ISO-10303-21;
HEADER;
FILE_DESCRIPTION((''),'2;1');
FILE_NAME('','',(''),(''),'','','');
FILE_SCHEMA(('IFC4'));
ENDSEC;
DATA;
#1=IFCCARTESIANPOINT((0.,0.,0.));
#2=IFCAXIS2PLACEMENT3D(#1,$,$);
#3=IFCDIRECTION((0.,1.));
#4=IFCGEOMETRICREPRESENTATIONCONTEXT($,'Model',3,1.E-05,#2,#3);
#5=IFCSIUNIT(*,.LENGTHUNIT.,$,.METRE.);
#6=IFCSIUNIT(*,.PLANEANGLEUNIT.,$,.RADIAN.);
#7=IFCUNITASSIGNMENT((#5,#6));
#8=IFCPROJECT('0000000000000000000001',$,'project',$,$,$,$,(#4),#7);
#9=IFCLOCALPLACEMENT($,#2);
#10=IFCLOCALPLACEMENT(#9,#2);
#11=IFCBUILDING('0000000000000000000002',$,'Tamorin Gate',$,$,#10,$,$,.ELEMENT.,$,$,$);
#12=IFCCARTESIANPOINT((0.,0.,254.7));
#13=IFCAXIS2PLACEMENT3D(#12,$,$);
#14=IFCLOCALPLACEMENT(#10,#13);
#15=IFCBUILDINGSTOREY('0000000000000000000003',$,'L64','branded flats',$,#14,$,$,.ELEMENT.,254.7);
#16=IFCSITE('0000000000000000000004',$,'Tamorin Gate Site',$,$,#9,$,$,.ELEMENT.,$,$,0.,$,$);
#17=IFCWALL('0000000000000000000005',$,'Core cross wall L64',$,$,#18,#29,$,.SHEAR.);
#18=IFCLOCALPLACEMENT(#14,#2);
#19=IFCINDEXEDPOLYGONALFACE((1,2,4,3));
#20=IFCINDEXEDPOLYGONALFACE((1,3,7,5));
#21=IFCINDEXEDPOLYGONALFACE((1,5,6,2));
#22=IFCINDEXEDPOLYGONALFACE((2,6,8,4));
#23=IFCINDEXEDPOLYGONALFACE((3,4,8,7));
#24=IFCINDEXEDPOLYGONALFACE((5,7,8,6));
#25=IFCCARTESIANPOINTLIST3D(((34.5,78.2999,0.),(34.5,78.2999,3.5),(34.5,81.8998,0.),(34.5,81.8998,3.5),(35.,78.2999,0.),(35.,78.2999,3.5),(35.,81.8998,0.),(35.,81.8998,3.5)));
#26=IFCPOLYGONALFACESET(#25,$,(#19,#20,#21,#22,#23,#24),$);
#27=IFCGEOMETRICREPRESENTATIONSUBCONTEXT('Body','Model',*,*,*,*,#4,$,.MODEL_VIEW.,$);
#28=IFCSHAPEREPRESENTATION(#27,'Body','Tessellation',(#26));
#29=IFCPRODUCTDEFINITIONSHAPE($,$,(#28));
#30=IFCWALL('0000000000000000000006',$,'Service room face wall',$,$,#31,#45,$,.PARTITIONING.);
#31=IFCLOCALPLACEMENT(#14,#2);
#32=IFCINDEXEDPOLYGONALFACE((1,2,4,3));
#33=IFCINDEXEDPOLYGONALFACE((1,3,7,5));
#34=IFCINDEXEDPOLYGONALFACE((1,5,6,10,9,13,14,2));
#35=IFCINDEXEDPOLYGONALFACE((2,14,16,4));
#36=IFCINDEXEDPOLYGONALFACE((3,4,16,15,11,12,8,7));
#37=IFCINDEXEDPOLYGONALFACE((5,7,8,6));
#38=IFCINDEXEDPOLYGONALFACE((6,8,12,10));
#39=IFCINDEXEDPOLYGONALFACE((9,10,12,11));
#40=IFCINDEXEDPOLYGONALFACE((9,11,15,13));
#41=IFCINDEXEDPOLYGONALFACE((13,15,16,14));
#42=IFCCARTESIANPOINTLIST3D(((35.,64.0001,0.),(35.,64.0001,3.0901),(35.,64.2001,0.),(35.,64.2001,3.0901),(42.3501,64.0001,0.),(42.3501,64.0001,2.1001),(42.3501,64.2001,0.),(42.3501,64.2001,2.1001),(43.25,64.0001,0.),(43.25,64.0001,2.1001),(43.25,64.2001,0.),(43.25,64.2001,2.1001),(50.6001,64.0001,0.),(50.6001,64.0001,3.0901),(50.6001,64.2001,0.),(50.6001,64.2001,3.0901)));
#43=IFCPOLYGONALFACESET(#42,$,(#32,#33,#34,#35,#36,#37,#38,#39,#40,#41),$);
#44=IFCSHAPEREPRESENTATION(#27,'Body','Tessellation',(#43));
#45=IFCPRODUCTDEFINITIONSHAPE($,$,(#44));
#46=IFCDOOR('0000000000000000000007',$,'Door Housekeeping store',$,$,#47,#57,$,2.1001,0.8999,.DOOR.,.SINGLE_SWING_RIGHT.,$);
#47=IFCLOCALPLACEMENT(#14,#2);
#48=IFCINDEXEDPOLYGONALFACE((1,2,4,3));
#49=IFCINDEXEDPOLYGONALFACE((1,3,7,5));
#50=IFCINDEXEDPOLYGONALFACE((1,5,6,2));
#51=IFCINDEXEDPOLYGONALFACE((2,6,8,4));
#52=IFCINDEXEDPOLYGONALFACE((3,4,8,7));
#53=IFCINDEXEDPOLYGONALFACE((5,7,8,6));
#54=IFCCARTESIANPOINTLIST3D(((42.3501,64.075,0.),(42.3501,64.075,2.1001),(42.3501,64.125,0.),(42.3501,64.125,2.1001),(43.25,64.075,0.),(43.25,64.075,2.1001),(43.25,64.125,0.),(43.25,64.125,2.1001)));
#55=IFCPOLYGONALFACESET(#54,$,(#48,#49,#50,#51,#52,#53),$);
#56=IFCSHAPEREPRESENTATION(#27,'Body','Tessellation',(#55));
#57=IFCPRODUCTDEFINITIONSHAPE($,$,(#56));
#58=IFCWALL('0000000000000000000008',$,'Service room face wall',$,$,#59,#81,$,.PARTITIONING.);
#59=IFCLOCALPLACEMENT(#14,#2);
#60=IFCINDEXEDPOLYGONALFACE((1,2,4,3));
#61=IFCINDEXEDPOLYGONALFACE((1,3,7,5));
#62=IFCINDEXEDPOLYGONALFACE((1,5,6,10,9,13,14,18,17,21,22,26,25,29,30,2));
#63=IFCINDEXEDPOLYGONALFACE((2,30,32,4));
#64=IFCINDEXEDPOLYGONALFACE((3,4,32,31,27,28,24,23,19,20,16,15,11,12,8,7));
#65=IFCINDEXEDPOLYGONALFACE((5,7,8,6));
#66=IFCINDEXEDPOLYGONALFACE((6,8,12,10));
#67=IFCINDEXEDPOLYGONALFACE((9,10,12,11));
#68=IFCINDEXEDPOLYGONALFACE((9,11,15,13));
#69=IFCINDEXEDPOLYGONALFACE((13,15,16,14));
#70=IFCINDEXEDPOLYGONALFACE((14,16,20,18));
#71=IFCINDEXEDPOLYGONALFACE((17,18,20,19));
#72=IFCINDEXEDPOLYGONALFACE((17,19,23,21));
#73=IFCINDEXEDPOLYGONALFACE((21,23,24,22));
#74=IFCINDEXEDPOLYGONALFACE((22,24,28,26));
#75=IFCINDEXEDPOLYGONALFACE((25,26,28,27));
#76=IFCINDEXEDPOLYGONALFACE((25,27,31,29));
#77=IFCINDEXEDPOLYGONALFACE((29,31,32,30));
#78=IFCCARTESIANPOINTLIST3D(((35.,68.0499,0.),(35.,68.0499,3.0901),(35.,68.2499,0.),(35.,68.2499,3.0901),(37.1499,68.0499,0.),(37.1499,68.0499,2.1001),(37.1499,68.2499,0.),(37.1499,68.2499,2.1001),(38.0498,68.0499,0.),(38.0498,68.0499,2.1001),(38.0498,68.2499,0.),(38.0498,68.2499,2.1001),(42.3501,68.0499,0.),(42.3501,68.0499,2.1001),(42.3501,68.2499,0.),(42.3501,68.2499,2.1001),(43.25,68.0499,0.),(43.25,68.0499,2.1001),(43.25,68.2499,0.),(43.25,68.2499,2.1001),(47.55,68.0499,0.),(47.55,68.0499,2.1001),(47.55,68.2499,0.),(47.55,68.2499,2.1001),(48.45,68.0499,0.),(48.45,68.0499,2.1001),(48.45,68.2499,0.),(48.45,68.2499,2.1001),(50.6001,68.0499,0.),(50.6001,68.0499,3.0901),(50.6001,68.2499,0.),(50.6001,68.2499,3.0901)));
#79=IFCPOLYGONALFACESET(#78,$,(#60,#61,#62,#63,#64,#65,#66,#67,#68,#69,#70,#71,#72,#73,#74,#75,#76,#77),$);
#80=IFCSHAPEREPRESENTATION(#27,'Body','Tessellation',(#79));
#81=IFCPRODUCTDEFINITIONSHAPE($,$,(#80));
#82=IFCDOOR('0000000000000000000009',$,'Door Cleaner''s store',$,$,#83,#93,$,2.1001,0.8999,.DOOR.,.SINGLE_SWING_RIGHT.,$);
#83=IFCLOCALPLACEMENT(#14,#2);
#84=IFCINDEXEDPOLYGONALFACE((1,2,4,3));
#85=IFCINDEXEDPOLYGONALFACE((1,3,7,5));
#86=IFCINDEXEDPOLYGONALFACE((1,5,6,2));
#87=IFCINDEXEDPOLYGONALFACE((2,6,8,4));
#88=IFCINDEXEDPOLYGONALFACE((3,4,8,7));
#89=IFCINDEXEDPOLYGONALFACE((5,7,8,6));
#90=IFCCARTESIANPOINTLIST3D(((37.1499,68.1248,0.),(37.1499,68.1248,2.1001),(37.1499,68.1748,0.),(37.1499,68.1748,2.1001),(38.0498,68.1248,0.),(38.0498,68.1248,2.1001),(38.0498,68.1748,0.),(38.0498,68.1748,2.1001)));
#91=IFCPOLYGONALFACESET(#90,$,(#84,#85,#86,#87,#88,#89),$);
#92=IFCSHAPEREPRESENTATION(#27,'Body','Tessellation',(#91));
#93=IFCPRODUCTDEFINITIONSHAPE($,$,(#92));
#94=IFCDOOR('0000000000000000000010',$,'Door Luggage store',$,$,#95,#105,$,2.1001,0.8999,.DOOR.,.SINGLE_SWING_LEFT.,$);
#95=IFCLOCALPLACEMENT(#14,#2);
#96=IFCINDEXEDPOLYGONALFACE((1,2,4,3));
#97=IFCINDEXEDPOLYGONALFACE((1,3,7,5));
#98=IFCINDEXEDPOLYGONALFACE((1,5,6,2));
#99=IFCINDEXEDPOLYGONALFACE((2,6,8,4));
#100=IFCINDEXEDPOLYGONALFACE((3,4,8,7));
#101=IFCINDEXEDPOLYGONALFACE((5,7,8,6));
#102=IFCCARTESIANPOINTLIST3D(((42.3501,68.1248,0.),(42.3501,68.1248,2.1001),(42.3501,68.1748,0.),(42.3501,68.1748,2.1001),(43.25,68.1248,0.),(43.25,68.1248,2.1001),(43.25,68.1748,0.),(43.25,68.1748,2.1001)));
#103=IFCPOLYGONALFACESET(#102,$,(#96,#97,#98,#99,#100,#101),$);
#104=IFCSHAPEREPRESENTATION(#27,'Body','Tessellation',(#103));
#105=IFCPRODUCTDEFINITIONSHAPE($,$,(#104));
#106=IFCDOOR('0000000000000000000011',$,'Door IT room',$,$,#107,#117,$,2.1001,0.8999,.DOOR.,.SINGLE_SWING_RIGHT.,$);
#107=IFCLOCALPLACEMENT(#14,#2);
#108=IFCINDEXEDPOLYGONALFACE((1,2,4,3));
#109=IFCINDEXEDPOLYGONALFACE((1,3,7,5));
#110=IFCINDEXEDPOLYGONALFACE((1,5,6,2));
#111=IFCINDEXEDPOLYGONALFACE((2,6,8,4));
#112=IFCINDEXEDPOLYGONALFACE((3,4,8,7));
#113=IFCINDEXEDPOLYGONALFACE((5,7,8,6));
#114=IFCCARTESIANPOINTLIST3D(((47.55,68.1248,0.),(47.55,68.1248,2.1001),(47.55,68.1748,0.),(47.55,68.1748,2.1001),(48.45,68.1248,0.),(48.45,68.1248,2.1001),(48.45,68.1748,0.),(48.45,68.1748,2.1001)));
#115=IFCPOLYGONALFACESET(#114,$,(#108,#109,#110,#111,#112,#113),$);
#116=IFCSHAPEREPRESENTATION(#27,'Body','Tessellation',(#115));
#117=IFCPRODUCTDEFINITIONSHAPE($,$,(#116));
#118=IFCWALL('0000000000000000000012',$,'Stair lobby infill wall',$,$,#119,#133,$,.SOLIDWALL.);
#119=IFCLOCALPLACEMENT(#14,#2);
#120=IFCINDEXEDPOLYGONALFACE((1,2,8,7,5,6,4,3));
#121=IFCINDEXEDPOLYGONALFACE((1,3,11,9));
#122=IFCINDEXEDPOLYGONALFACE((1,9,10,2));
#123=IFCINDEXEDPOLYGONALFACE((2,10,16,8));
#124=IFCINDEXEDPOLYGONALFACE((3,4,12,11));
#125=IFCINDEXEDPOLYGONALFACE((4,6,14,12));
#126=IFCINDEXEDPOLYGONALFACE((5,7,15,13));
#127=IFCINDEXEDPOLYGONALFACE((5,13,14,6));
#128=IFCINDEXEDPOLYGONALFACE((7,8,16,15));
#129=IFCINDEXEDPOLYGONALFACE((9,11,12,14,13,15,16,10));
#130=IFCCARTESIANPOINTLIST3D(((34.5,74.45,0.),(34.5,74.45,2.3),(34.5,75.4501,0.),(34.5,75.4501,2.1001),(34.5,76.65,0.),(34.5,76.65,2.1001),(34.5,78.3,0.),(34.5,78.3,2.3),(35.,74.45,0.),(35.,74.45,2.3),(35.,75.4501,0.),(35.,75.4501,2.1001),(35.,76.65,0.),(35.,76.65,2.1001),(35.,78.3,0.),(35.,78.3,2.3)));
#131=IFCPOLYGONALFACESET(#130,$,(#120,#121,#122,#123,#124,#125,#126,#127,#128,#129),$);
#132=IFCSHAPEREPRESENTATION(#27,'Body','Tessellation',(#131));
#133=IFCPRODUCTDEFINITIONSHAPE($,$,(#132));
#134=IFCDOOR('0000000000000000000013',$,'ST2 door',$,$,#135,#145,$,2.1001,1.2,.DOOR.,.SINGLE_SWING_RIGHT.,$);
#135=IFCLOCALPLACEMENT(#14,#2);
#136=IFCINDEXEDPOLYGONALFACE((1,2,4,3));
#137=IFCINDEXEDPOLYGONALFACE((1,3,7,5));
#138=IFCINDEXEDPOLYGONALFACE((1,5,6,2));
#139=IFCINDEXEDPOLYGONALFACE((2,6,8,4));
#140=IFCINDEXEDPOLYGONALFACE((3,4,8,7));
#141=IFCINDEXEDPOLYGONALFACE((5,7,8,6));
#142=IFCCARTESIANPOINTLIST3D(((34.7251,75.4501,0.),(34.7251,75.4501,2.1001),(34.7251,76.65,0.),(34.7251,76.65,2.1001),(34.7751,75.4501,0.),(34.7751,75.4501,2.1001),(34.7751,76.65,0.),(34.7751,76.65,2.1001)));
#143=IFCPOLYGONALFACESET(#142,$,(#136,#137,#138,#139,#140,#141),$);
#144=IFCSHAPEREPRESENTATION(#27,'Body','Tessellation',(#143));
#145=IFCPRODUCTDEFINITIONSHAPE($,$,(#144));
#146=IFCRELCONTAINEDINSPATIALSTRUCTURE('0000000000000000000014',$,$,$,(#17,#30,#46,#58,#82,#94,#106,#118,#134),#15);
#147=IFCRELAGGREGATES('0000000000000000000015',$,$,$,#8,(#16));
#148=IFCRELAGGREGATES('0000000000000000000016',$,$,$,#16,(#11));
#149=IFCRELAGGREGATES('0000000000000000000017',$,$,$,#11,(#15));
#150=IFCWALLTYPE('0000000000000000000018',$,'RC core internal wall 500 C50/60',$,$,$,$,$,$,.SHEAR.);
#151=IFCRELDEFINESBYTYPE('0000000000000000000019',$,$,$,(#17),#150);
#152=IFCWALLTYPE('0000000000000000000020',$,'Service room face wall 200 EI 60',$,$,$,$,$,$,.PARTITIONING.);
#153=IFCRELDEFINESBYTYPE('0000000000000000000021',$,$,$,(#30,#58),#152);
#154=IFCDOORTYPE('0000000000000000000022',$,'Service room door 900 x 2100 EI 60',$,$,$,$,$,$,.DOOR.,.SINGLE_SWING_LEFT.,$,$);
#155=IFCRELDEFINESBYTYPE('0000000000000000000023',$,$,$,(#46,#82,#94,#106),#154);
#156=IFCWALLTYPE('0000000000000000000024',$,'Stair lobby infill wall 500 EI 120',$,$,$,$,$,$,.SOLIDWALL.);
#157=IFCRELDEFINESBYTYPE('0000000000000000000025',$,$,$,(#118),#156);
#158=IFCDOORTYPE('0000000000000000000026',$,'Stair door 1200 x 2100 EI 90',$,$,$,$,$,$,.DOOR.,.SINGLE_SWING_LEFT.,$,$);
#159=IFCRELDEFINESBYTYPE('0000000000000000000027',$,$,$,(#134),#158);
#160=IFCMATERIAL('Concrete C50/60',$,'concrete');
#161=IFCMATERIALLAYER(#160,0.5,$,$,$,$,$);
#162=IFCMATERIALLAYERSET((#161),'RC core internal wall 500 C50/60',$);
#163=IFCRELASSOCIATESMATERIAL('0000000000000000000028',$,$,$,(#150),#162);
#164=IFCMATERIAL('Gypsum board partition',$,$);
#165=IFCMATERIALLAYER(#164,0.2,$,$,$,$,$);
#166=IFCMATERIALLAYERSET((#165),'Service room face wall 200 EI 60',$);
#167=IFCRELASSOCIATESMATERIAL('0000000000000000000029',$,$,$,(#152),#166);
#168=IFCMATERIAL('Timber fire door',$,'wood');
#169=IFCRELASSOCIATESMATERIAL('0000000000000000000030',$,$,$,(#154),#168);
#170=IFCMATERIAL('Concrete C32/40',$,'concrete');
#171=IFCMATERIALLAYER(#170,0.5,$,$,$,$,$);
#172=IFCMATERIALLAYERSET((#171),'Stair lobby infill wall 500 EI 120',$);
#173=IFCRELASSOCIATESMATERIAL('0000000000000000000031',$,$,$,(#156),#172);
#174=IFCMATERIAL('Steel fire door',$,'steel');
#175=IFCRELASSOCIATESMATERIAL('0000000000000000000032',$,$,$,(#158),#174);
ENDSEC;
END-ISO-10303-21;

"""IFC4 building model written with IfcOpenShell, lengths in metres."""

from ifc_helpers import new_model, si_unit, direction, frame, frame_2d, origin, place, context, subcontext, project, spatial, rectangle, extrude, material, layer, layer_set, type_object, element, fill, save


model = new_model("IFC4")

# Units and contexts
model_context = context("Model", 3, precision=1e-05, world=origin(), true_north=direction((0.0, 1.0)))
body_context = subcontext(model_context, "Body", "Model", "MODEL_VIEW")
ifc_project = project(units=[si_unit("LENGTHUNIT", "METRE"), si_unit("PLANEANGLEUNIT", "RADIAN")], contexts=[model_context])

# Site, building, storey
site_placement = place(None, origin())
site = spatial("IfcSite", under=ifc_project, at=site_placement, Name="Tamorin Gate Site", CompositionType="ELEMENT", RefElevation=0.0)
building_placement = place(site_placement, origin())
building = spatial("IfcBuilding", under=site, at=building_placement, Name="Tamorin Gate", CompositionType="ELEMENT")
storey_placement = place(building_placement, frame((0.0, 0.0, 254.7)))
storey = spatial("IfcBuildingStorey", under=building, at=storey_placement, Name="L64", Description="branded flats", CompositionType="ELEMENT", Elevation=254.7)

# Shared definitions
ifc_material_1 = material(Name="Concrete C50/60", Category="concrete")

# Shared definitions
ifc_material_2 = material(Name="Concrete C32/40", Category="concrete")

# Wall
ifc_layer_1 = layer(ifc_material_1, 0.5)
ifc_layer_set_1 = layer_set([ifc_layer_1], Name="RC core internal wall 500 C50/60")
wall_type_1 = type_object("IfcWallType", Name="RC core internal wall 500 C50/60", PredefinedType="SHEAR", material=ifc_layer_set_1)
wall_1_placement = place(storey_placement, frame((34.75, 78.3, 0.0), z_axis=(0.0, 0.0, 1.0), x_axis=(0.0, 1.0, 0.0)))
element("IfcWall", 1, at=wall_1_placement, inside=storey, type_object=wall_type_1, Name="Core cross wall L64", PredefinedType="SHEAR", context=body_context, shape_type="SweptSolid", body=[
    extrude(rectangle(XDim=3.5999, YDim=0.5, at=frame_2d((1.7998, 0.0))), origin(), (0.0, 0.0, 1.0), 3.5),
])

# Wall, opening, door
ifc_material_3 = material(Name="Gypsum board partition")
ifc_layer_2 = layer(ifc_material_3, 0.2)
ifc_layer_set_2 = layer_set([ifc_layer_2], Name="Service room face wall 200 EI 60")
wall_type_2 = type_object("IfcWallType", Name="Service room face wall 200 EI 60", PredefinedType="PARTITIONING", material=ifc_layer_set_2)
wall_2_placement = place(storey_placement, frame((35.0, 64.1001, 0.0), z_axis=(0.0, 0.0, 1.0), x_axis=(1.0, 0.0, 0.0)))
wall_2 = element("IfcWall", 2, at=wall_2_placement, inside=storey, type_object=wall_type_2, Name="Service room face wall", PredefinedType="PARTITIONING", context=body_context, shape_type="SweptSolid", body=[
    extrude(rectangle(XDim=15.6001, YDim=0.2, at=frame_2d((7.8, 0.0))), origin(), (0.0, 0.0, 1.0), 3.0901),
])
opening_1_placement = place(wall_2_placement, frame((7.3501, 0.0, 0.0)))
opening_1 = element("IfcOpeningElement", 3, at=opening_1_placement, cuts=wall_2, PredefinedType="OPENING", context=body_context, shape_type="SweptSolid", body=[
    extrude(rectangle(XDim=0.8999, YDim=2.1001, at=frame_2d((0.45, 1.05))), frame((0.0, 0.1099, 0.0), z_axis=(0.0, -1.0, 0.0), x_axis=(1.0, 0.0, 0.0)), (0.0, 0.0, 1.0), 0.22),
])
ifc_material_4 = material(Name="Timber fire door", Category="wood")
door_type_1 = type_object("IfcDoorType", Name="Service room door 900 x 2100 EI 60", OperationType="SINGLE_SWING_LEFT", PredefinedType="DOOR", material=ifc_material_4)
door_1_placement = place(opening_1_placement, origin())
door_1 = element("IfcDoor", 4, at=door_1_placement, inside=storey, type_object=door_type_1, Name="Door Housekeeping store", OperationType="SINGLE_SWING_RIGHT", OverallHeight=2.1001, OverallWidth=0.8999, PredefinedType="DOOR", context=body_context, shape_type="SweptSolid", body=[
    extrude(rectangle(XDim=0.8999, YDim=2.1001, at=frame_2d((0.45, 1.05))), frame((0.0, 0.0249, 0.0), z_axis=(0.0, -1.0, 0.0), x_axis=(1.0, 0.0, 0.0)), (0.0, 0.0, 1.0), 0.05),
])
fill(opening_1, door_1)

# Wall, openings, doors
wall_3_placement = place(storey_placement, frame((35.0, 68.1499, 0.0), z_axis=(0.0, 0.0, 1.0), x_axis=(1.0, 0.0, 0.0)))
wall_3 = element("IfcWall", 5, at=wall_3_placement, inside=storey, type_object=wall_type_2, Name="Service room face wall", PredefinedType="PARTITIONING", context=body_context, shape_type="SweptSolid", body=[
    extrude(rectangle(XDim=15.6001, YDim=0.2, at=frame_2d((7.8, 0.0))), origin(), (0.0, 0.0, 1.0), 3.0901),
])
opening_2_placement = place(wall_3_placement, frame((2.1499, 0.0, 0.0)))
opening_2 = element("IfcOpeningElement", 6, at=opening_2_placement, cuts=wall_3, PredefinedType="OPENING", context=body_context, shape_type="SweptSolid", body=[
    extrude(rectangle(XDim=0.8999, YDim=2.1001, at=frame_2d((0.45, 1.05))), frame((0.0, 0.1099, 0.0), z_axis=(0.0, -1.0, 0.0), x_axis=(1.0, 0.0, 0.0)), (0.0, 0.0, 1.0), 0.22),
])
opening_3_placement = place(wall_3_placement, frame((7.3501, 0.0, 0.0)))
opening_3 = element("IfcOpeningElement", 7, at=opening_3_placement, cuts=wall_3, PredefinedType="OPENING", context=body_context, shape_type="SweptSolid", body=[
    extrude(rectangle(XDim=0.8999, YDim=2.1001, at=frame_2d((0.45, 1.05))), frame((0.0, 0.1099, 0.0), z_axis=(0.0, -1.0, 0.0), x_axis=(1.0, 0.0, 0.0)), (0.0, 0.0, 1.0), 0.22),
])
opening_4_placement = place(wall_3_placement, frame((12.55, 0.0, 0.0)))
opening_4 = element("IfcOpeningElement", 8, at=opening_4_placement, cuts=wall_3, PredefinedType="OPENING", context=body_context, shape_type="SweptSolid", body=[
    extrude(rectangle(XDim=0.8999, YDim=2.1001, at=frame_2d((0.45, 1.05))), frame((0.0, 0.1099, 0.0), z_axis=(0.0, -1.0, 0.0), x_axis=(1.0, 0.0, 0.0)), (0.0, 0.0, 1.0), 0.22),
])
door_2_placement = place(opening_2_placement, origin())
door_2 = element("IfcDoor", 9, at=door_2_placement, inside=storey, type_object=door_type_1, Name="Door Cleaner's store", OperationType="SINGLE_SWING_RIGHT", OverallHeight=2.1001, OverallWidth=0.8999, PredefinedType="DOOR", context=body_context, shape_type="SweptSolid", body=[
    extrude(rectangle(XDim=0.8999, YDim=2.1001, at=frame_2d((0.45, 1.05))), frame((0.0, 0.0249, 0.0), z_axis=(0.0, -1.0, 0.0), x_axis=(1.0, 0.0, 0.0)), (0.0, 0.0, 1.0), 0.05),
])
fill(opening_2, door_2)
door_3_placement = place(opening_3_placement, origin())
door_3 = element("IfcDoor", 10, at=door_3_placement, inside=storey, type_object=door_type_1, Name="Door Luggage store", OperationType="SINGLE_SWING_LEFT", OverallHeight=2.1001, OverallWidth=0.8999, PredefinedType="DOOR", context=body_context, shape_type="SweptSolid", body=[
    extrude(rectangle(XDim=0.8999, YDim=2.1001, at=frame_2d((0.45, 1.05))), frame((0.0, 0.0249, 0.0), z_axis=(0.0, -1.0, 0.0), x_axis=(1.0, 0.0, 0.0)), (0.0, 0.0, 1.0), 0.05),
])
fill(opening_3, door_3)
door_4_placement = place(opening_4_placement, origin())
door_4 = element("IfcDoor", 11, at=door_4_placement, inside=storey, type_object=door_type_1, Name="Door IT room", OperationType="SINGLE_SWING_RIGHT", OverallHeight=2.1001, OverallWidth=0.8999, PredefinedType="DOOR", context=body_context, shape_type="SweptSolid", body=[
    extrude(rectangle(XDim=0.8999, YDim=2.1001, at=frame_2d((0.45, 1.05))), frame((0.0, 0.0249, 0.0), z_axis=(0.0, -1.0, 0.0), x_axis=(1.0, 0.0, 0.0)), (0.0, 0.0, 1.0), 0.05),
])
fill(opening_4, door_4)

# Wall, opening, door
ifc_layer_3 = layer(ifc_material_2, 0.5)
ifc_layer_set_3 = layer_set([ifc_layer_3], Name="Stair lobby infill wall 500 EI 120")
wall_type_3 = type_object("IfcWallType", Name="Stair lobby infill wall 500 EI 120", PredefinedType="SOLIDWALL", material=ifc_layer_set_3)
wall_4_placement = place(storey_placement, frame((34.75, 74.45, 0.0), z_axis=(0.0, 0.0, 1.0), x_axis=(0.0, 1.0, 0.0)))
wall_4 = element("IfcWall", 12, at=wall_4_placement, inside=storey, type_object=wall_type_3, Name="Stair lobby infill wall", PredefinedType="SOLIDWALL", context=body_context, shape_type="SweptSolid", body=[
    extrude(rectangle(XDim=3.8501, YDim=0.5, at=frame_2d((1.925, 0.0))), origin(), (0.0, 0.0, 1.0), 2.3),
])
opening_5_placement = place(wall_4_placement, frame((1.0, 0.0, 0.0)))
opening_5 = element("IfcOpeningElement", 13, at=opening_5_placement, cuts=wall_4, PredefinedType="OPENING", context=body_context, shape_type="SweptSolid", body=[
    extrude(rectangle(XDim=1.2, YDim=2.1001, at=frame_2d((0.6001, 1.05))), frame((0.0, 0.26, 0.0), z_axis=(0.0, -1.0, 0.0), x_axis=(1.0, 0.0, 0.0)), (0.0, 0.0, 1.0), 0.52),
])
ifc_material_5 = material(Name="Steel fire door", Category="steel")
door_type_2 = type_object("IfcDoorType", Name="Stair door 1200 x 2100 EI 90", OperationType="SINGLE_SWING_LEFT", PredefinedType="DOOR", material=ifc_material_5)
door_5_placement = place(opening_5_placement, origin())
door_5 = element("IfcDoor", 14, at=door_5_placement, inside=storey, type_object=door_type_2, Name="ST2 door", OperationType="SINGLE_SWING_RIGHT", OverallHeight=2.1001, OverallWidth=1.2, PredefinedType="DOOR", context=body_context, shape_type="SweptSolid", body=[
    extrude(rectangle(XDim=1.2, YDim=2.1001, at=frame_2d((0.6001, 1.05))), frame((0.0, 0.0249, 0.0), z_axis=(0.0, -1.0, 0.0), x_axis=(1.0, 0.0, 0.0)), (0.0, 0.0, 1.0), 0.05),
])
fill(opening_5, door_5)

save(model, "model.ifc")
